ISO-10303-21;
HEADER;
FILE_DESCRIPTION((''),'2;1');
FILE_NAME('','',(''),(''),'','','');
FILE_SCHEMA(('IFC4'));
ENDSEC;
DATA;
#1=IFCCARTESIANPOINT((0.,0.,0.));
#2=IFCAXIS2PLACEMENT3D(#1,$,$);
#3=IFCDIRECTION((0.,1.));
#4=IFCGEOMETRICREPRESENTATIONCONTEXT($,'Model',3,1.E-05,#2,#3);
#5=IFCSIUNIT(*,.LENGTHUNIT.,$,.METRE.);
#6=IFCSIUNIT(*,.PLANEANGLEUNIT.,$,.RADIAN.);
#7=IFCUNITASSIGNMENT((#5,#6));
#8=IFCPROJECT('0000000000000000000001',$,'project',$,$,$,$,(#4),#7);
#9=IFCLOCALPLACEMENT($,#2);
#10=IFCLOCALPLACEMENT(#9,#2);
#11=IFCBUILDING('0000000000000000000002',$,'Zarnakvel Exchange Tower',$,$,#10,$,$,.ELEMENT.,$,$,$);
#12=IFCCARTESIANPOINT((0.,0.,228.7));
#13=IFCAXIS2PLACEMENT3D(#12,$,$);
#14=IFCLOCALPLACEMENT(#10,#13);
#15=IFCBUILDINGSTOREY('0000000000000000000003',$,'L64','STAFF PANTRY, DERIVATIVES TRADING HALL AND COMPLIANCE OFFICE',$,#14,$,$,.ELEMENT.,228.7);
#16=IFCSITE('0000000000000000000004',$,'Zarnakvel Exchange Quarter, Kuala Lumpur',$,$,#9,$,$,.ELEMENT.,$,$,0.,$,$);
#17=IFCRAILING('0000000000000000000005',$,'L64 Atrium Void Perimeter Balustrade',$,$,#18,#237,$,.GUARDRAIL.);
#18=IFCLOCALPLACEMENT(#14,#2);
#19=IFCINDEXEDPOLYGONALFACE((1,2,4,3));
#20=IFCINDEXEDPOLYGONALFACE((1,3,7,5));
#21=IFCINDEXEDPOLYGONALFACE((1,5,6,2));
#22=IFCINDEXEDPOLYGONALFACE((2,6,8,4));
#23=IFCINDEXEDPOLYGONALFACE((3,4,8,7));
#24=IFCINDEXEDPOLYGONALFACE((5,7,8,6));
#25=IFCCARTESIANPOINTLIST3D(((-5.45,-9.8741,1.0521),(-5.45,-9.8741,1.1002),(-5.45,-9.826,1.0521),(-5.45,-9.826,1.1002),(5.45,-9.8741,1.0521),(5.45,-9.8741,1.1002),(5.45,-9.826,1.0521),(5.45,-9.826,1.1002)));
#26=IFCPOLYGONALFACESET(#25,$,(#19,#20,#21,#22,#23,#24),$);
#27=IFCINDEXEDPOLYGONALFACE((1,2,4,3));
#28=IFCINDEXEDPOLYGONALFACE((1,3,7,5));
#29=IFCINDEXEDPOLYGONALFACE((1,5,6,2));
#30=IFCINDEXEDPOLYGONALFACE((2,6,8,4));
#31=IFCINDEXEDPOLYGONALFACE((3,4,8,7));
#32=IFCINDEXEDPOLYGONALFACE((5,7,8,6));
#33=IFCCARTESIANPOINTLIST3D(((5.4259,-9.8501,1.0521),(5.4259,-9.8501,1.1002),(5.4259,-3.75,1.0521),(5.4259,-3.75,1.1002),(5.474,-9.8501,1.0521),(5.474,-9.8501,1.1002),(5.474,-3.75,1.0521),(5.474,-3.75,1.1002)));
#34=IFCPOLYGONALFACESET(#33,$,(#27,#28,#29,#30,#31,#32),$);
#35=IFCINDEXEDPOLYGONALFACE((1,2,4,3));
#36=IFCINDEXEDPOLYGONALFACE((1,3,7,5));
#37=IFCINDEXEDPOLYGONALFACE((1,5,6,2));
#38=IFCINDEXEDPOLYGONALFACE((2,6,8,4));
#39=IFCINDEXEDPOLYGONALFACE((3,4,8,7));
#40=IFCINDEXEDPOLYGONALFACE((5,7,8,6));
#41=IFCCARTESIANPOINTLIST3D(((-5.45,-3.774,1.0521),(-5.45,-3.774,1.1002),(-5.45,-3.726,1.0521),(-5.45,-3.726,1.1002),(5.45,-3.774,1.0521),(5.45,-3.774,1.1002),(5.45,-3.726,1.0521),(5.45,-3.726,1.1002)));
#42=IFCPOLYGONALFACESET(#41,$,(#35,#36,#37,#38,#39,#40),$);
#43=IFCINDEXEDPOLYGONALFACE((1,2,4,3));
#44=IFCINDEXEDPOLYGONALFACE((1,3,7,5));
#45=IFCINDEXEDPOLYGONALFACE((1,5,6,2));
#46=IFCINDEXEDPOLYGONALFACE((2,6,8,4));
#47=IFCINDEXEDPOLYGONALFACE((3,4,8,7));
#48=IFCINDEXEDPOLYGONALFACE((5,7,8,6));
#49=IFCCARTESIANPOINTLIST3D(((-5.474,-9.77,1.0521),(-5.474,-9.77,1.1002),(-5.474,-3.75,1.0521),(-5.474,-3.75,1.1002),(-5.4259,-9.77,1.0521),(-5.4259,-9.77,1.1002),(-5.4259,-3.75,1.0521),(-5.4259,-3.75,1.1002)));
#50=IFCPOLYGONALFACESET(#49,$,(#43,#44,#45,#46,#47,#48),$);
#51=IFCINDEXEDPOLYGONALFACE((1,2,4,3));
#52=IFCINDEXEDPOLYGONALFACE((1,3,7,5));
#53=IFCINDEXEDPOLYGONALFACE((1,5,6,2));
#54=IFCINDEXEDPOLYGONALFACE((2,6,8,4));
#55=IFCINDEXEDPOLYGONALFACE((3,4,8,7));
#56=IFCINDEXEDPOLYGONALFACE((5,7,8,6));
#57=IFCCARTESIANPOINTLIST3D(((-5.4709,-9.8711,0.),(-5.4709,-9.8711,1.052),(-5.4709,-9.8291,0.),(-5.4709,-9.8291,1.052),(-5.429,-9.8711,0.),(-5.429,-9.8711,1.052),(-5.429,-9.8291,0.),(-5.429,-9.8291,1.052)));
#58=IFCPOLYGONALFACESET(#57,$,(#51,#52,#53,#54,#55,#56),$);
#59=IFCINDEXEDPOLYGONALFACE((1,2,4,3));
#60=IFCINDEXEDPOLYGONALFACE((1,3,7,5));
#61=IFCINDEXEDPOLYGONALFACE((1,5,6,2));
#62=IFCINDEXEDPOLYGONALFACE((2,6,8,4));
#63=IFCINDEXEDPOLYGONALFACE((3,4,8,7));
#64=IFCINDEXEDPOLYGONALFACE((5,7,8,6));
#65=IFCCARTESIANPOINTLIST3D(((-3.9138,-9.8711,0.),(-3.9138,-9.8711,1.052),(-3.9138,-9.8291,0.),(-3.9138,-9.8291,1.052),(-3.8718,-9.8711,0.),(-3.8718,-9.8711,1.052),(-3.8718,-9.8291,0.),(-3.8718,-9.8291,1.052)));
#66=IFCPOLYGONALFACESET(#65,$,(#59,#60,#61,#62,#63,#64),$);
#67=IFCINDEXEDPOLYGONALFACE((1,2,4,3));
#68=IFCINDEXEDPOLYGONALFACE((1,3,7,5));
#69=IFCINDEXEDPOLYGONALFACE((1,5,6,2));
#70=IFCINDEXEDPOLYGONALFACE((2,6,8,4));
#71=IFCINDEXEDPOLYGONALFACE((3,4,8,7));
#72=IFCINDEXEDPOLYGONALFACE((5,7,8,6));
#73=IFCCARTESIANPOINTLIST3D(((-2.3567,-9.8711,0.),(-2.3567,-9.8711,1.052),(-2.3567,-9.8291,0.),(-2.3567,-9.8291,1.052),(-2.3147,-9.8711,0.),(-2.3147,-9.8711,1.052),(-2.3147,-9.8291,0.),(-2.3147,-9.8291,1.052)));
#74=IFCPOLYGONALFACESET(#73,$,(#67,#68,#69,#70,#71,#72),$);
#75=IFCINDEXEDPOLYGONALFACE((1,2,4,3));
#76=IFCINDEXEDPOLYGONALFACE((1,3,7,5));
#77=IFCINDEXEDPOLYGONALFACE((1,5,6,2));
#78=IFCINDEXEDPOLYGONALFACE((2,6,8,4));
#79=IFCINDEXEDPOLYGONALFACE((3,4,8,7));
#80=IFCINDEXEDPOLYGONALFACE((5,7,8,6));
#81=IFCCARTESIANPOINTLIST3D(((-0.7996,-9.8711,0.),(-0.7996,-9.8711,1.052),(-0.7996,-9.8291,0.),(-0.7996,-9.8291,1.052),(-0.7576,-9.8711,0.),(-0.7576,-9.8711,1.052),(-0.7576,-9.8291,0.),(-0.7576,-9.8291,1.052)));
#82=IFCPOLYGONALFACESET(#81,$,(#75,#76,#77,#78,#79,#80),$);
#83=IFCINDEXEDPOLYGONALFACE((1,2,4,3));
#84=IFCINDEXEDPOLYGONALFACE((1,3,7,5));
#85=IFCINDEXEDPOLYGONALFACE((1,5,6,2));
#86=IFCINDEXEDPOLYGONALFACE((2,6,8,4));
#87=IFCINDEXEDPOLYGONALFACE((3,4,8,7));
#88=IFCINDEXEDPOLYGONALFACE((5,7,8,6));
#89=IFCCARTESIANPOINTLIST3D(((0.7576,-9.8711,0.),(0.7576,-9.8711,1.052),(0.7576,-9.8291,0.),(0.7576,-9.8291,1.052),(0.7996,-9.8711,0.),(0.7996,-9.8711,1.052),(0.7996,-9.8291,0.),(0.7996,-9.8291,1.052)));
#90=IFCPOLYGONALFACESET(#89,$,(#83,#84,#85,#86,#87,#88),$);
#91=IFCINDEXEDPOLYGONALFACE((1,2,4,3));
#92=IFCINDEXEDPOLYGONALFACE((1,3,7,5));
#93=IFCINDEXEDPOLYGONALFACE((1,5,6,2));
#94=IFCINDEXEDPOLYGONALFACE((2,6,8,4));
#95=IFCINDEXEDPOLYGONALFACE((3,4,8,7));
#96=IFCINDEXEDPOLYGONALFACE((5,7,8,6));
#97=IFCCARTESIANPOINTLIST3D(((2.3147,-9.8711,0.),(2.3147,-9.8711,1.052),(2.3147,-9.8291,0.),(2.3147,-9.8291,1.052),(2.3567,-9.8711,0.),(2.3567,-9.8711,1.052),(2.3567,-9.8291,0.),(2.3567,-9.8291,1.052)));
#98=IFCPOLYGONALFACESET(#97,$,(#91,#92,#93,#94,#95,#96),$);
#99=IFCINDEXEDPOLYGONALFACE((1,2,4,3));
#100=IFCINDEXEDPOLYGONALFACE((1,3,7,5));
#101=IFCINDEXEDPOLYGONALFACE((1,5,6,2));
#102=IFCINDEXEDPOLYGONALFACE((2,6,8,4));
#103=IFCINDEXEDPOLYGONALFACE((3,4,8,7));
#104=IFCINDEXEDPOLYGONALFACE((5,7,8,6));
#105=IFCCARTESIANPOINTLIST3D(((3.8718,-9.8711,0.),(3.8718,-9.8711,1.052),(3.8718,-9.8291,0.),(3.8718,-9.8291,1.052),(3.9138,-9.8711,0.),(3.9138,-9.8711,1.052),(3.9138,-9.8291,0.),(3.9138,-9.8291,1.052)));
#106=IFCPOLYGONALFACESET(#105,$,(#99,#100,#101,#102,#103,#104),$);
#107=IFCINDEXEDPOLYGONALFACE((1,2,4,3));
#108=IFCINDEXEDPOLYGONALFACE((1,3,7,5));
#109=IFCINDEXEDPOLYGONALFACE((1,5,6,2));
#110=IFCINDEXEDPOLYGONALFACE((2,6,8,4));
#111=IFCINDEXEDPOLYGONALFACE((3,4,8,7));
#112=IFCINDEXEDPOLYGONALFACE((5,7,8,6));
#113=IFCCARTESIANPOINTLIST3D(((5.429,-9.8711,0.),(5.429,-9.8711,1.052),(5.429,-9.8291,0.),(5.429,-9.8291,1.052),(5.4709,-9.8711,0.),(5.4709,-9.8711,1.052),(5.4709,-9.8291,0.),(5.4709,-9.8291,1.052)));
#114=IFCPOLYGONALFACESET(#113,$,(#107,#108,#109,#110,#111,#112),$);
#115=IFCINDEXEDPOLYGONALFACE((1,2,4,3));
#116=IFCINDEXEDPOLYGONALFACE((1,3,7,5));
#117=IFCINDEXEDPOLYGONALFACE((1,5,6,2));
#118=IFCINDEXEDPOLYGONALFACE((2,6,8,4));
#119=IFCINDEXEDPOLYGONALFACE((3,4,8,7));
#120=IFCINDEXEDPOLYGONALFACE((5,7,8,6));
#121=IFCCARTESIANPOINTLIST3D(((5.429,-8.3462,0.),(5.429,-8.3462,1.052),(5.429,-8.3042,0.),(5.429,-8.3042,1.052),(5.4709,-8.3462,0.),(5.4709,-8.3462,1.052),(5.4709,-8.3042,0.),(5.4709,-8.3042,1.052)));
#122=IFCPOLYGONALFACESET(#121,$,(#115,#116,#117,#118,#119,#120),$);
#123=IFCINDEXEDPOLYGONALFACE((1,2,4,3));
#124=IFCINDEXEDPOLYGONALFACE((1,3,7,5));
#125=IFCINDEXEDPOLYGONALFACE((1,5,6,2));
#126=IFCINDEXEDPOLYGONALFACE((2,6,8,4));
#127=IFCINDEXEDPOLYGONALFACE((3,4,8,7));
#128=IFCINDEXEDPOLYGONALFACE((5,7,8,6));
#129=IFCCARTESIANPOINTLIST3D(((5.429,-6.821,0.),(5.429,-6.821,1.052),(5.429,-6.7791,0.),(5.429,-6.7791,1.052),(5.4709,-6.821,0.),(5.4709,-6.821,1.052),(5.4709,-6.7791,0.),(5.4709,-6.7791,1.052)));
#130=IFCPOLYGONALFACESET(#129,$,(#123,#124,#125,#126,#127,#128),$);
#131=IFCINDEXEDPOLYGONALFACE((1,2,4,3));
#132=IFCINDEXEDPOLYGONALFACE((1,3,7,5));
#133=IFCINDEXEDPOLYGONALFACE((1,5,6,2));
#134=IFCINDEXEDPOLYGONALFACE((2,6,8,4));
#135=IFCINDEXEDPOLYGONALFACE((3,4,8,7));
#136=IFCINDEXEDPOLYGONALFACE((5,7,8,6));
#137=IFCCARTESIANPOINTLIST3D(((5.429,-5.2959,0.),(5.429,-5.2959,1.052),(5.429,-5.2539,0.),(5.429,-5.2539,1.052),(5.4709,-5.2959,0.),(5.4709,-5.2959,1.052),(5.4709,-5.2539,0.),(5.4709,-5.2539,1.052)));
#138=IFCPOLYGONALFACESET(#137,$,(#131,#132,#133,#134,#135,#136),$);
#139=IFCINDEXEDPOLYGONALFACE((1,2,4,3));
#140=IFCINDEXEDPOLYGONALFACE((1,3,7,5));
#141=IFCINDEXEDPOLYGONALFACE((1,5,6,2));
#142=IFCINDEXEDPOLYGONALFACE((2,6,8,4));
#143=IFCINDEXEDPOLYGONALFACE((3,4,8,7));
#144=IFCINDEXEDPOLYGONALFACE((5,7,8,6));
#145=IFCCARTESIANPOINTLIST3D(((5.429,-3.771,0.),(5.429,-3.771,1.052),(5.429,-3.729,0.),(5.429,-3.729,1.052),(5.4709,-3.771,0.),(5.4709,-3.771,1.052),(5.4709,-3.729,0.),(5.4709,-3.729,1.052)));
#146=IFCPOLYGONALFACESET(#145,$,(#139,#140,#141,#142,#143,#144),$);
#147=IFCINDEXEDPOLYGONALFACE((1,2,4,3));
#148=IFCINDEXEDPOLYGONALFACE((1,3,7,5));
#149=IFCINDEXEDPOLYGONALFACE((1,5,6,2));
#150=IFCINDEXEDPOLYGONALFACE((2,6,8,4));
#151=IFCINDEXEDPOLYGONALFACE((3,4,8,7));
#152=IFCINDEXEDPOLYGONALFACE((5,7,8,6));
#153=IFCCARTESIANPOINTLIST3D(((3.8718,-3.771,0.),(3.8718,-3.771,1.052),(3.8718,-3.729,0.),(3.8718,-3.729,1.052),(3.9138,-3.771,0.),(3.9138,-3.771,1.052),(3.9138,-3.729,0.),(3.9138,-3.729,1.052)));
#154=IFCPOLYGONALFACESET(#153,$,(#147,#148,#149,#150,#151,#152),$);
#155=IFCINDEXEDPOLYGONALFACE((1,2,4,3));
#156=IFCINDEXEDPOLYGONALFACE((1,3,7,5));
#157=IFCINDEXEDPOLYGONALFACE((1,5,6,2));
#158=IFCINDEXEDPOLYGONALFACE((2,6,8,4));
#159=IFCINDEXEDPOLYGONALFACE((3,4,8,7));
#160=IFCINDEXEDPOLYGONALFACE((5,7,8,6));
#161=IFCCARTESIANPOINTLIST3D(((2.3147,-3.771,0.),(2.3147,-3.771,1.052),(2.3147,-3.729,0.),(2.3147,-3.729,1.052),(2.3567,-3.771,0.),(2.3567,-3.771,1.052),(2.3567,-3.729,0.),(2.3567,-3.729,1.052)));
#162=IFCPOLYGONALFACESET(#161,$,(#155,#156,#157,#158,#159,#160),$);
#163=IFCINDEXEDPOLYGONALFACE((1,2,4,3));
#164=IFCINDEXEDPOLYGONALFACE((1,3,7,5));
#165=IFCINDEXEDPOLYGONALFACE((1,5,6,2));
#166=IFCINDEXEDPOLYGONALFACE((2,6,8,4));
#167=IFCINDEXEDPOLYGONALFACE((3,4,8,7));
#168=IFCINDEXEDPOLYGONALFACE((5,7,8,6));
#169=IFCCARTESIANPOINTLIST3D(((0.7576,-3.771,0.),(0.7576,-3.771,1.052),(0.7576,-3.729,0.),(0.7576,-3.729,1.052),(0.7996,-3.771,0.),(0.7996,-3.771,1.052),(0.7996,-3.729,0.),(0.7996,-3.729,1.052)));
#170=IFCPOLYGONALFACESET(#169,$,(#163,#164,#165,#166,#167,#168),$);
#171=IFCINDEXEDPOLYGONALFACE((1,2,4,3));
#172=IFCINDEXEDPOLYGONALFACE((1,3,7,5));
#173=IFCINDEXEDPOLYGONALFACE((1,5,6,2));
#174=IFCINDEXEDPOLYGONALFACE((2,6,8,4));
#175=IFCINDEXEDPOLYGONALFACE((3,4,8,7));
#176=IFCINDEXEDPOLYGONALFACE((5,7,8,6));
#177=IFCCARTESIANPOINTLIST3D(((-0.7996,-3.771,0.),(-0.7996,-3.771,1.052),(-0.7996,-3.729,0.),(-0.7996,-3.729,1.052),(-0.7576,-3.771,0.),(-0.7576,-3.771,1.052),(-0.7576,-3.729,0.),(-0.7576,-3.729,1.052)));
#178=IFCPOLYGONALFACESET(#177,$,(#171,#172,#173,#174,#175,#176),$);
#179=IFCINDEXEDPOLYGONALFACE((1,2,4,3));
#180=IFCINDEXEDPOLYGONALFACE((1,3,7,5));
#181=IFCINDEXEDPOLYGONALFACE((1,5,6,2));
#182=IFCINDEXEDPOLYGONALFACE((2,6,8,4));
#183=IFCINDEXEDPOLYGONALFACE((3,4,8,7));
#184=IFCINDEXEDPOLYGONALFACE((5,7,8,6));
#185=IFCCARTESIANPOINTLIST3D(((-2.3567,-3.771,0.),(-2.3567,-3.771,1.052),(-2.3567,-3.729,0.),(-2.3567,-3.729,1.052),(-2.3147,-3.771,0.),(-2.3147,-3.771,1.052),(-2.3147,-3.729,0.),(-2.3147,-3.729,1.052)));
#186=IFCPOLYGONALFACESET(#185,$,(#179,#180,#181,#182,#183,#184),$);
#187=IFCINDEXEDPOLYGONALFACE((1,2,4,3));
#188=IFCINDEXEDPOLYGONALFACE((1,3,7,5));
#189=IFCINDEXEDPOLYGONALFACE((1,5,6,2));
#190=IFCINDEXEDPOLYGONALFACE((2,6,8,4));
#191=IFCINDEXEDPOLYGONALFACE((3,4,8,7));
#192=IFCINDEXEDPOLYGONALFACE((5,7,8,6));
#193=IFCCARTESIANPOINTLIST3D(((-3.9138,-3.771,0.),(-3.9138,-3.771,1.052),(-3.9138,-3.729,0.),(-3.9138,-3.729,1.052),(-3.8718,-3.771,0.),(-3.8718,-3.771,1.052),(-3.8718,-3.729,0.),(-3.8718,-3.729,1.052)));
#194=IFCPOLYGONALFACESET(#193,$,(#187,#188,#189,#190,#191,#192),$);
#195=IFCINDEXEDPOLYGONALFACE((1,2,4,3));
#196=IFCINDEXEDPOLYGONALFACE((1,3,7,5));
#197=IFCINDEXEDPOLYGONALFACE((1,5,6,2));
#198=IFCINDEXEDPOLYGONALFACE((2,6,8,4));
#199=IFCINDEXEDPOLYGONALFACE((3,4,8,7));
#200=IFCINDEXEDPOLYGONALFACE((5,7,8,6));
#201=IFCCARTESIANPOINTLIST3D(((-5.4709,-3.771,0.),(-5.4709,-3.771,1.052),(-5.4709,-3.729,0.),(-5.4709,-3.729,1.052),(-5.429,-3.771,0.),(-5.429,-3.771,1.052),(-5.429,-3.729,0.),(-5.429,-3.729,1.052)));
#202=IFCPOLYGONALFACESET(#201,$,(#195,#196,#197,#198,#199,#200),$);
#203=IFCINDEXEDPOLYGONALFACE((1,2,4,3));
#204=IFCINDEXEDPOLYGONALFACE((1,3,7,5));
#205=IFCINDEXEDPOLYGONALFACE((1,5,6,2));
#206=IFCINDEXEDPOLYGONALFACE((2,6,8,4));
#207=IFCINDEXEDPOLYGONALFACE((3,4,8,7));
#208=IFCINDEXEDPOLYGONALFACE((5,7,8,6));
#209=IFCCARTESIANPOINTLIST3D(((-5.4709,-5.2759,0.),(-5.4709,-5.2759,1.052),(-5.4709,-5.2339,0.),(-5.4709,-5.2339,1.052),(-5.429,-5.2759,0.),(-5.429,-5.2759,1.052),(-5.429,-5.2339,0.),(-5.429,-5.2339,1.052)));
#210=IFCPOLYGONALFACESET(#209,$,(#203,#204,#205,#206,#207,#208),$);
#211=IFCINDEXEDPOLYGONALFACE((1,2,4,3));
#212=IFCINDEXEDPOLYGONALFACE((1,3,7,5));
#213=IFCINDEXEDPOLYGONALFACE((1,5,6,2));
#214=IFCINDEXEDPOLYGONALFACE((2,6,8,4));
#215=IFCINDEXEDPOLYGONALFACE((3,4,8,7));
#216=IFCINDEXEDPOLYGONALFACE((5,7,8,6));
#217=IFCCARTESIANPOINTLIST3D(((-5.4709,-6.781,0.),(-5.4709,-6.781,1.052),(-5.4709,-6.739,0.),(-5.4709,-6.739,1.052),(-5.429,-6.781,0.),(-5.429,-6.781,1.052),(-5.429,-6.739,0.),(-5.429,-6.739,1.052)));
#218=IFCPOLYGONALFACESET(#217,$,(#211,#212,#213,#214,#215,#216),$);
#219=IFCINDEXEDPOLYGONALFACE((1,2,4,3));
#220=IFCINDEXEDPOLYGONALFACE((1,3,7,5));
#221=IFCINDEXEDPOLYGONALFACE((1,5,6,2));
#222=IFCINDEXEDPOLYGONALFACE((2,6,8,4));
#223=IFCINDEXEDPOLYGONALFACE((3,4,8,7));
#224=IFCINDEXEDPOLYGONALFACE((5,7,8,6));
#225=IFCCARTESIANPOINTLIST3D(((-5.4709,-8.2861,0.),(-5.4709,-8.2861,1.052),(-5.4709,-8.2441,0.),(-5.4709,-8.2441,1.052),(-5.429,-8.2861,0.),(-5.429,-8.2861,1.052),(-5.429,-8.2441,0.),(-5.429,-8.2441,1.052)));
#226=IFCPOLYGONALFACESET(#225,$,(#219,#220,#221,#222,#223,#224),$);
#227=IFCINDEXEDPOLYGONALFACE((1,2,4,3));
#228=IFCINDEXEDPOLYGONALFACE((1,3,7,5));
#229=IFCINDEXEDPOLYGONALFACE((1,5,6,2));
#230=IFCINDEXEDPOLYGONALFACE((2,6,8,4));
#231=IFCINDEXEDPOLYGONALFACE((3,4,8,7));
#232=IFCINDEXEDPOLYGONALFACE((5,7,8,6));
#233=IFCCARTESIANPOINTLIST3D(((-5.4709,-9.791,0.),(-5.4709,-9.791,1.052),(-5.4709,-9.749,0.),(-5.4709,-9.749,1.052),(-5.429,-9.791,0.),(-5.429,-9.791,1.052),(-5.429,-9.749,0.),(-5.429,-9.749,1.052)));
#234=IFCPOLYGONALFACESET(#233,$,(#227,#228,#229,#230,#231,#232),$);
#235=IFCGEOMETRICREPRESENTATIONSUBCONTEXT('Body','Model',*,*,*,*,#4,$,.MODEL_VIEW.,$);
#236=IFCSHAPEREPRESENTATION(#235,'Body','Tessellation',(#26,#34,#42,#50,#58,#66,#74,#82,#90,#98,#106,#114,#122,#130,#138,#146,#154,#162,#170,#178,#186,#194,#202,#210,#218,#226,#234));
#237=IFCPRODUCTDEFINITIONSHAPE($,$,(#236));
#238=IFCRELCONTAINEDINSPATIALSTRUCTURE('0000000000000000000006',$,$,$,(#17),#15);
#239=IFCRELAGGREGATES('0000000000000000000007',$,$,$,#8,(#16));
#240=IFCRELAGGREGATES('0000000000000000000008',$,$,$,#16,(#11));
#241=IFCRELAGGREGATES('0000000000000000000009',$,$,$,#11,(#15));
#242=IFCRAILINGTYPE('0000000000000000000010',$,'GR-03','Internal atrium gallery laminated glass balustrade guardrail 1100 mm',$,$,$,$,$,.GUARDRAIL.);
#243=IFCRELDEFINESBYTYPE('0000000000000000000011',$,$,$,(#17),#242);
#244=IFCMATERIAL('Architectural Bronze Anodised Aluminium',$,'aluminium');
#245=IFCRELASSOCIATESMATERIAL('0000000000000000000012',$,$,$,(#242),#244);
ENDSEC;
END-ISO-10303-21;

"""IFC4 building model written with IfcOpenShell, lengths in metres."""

from ifc_helpers import new_model, si_unit, direction, frame, origin, origin_2d, place, context, subcontext, project, spatial, rectangle, extrude, material, type_object, element, save


model = new_model("IFC4")

# Units and contexts
model_context = context("Model", 3, precision=1e-05, world=origin(), true_north=direction((0.0, 1.0)))
body_context = subcontext(model_context, "Body", "Model", "MODEL_VIEW")
ifc_project = project(units=[si_unit("LENGTHUNIT", "METRE"), si_unit("PLANEANGLEUNIT", "RADIAN")], contexts=[model_context])

# Site, building, storey
site_placement = place(None, origin())
site = spatial("IfcSite", under=ifc_project, at=site_placement, Name="Zarnakvel Exchange Quarter, Kuala Lumpur", CompositionType="ELEMENT", RefElevation=0.0)
building_placement = place(site_placement, origin())
building = spatial("IfcBuilding", under=site, at=building_placement, Name="Zarnakvel Exchange Tower", CompositionType="ELEMENT")
storey_placement = place(building_placement, frame((0.0, 0.0, 228.7)))
storey = spatial("IfcBuildingStorey", under=building, at=storey_placement, Name="L64", Description="STAFF PANTRY, DERIVATIVES TRADING HALL AND COMPLIANCE OFFICE", CompositionType="ELEMENT", Elevation=228.7)

# Railing
ifc_material_1 = material(Name="Architectural Bronze Anodised Aluminium", Category="aluminium")
railing_type_1 = type_object("IfcRailingType", Name="GR-03", Description="Internal atrium gallery laminated glass balustrade guardrail 1100 mm", PredefinedType="GUARDRAIL", material=ifc_material_1)
railing_1_placement = place(storey_placement, frame((-5.45, -9.8501, 0.0)))
element("IfcRailing", 1, at=railing_1_placement, inside=storey, type_object=railing_type_1, Name="L64 Atrium Void Perimeter Balustrade", PredefinedType="GUARDRAIL", context=body_context, shape_type="SweptSolid", body=[
    extrude(rectangle(XDim=0.0481, YDim=0.0481, at=origin_2d()), frame((0.0, 0.0, 1.0762), z_axis=(1.0, 0.0, 0.0), x_axis=(0.0, 1.0, 0.0)), (0.0, 0.0, 1.0), 10.8999),
    extrude(rectangle(XDim=0.0481, YDim=0.0481, at=origin_2d()), frame((10.8999, 0.0, 1.0762), z_axis=(0.0, 1.0, 0.0), x_axis=(-1.0, 0.0, 0.0)), (0.0, 0.0, 1.0), 6.1001),
    extrude(rectangle(XDim=0.0481, YDim=0.0481, at=origin_2d()), frame((10.8999, 6.1001, 1.0762), z_axis=(-1.0, 0.0, 0.0), x_axis=(0.0, -1.0, 0.0)), (0.0, 0.0, 1.0), 10.8999),
    extrude(rectangle(XDim=0.0481, YDim=0.0481, at=origin_2d()), frame((0.0, 6.1001, 1.0762), z_axis=(0.0, -1.0, 0.0), x_axis=(1.0, 0.0, 0.0)), (0.0, 0.0, 1.0), 6.02),
    extrude(rectangle(XDim=0.042, YDim=0.042, at=origin_2d()), origin(), (0.0, 0.0, 1.0), 1.052),
    extrude(rectangle(XDim=0.042, YDim=0.042, at=origin_2d()), frame((1.5571, 0.0, 0.0)), (0.0, 0.0, 1.0), 1.052),
    extrude(rectangle(XDim=0.042, YDim=0.042, at=origin_2d()), frame((3.1143, 0.0, 0.0)), (0.0, 0.0, 1.0), 1.052),
    extrude(rectangle(XDim=0.042, YDim=0.042, at=origin_2d()), frame((4.6714, 0.0, 0.0)), (0.0, 0.0, 1.0), 1.052),
    extrude(rectangle(XDim=0.042, YDim=0.042, at=origin_2d()), frame((6.2285, 0.0, 0.0)), (0.0, 0.0, 1.0), 1.052),
    extrude(rectangle(XDim=0.042, YDim=0.042, at=origin_2d()), frame((7.7856, 0.0, 0.0)), (0.0, 0.0, 1.0), 1.052),
    extrude(rectangle(XDim=0.042, YDim=0.042, at=origin_2d()), frame((9.3428, 0.0, 0.0)), (0.0, 0.0, 1.0), 1.052),
    extrude(rectangle(XDim=0.042, YDim=0.042, at=origin_2d()), frame((10.8999, 0.0, 0.0)), (0.0, 0.0, 1.0), 1.052),
    extrude(rectangle(XDim=0.042, YDim=0.042, at=origin_2d()), frame((10.8999, 1.5249, 0.0)), (0.0, 0.0, 1.0), 1.052),
    extrude(rectangle(XDim=0.042, YDim=0.042, at=origin_2d()), frame((10.8999, 3.05, 0.0)), (0.0, 0.0, 1.0), 1.052),
    extrude(rectangle(XDim=0.042, YDim=0.042, at=origin_2d()), frame((10.8999, 4.5752, 0.0)), (0.0, 0.0, 1.0), 1.052),
    extrude(rectangle(XDim=0.042, YDim=0.042, at=origin_2d()), frame((10.8999, 6.1001, 0.0)), (0.0, 0.0, 1.0), 1.052),
    extrude(rectangle(XDim=0.042, YDim=0.042, at=origin_2d()), frame((9.3428, 6.1001, 0.0)), (0.0, 0.0, 1.0), 1.052),
    extrude(rectangle(XDim=0.042, YDim=0.042, at=origin_2d()), frame((7.7856, 6.1001, 0.0)), (0.0, 0.0, 1.0), 1.052),
    extrude(rectangle(XDim=0.042, YDim=0.042, at=origin_2d()), frame((6.2285, 6.1001, 0.0)), (0.0, 0.0, 1.0), 1.052),
    extrude(rectangle(XDim=0.042, YDim=0.042, at=origin_2d()), frame((4.6714, 6.1001, 0.0)), (0.0, 0.0, 1.0), 1.052),
    extrude(rectangle(XDim=0.042, YDim=0.042, at=origin_2d()), frame((3.1143, 6.1001, 0.0)), (0.0, 0.0, 1.0), 1.052),
    extrude(rectangle(XDim=0.042, YDim=0.042, at=origin_2d()), frame((1.5571, 6.1001, 0.0)), (0.0, 0.0, 1.0), 1.052),
    extrude(rectangle(XDim=0.042, YDim=0.042, at=origin_2d()), frame((0.0, 6.1001, 0.0)), (0.0, 0.0, 1.0), 1.052),
    extrude(rectangle(XDim=0.042, YDim=0.042, at=origin_2d()), frame((0.0, 4.5952, 0.0)), (0.0, 0.0, 1.0), 1.052),
    extrude(rectangle(XDim=0.042, YDim=0.042, at=origin_2d()), frame((0.0, 3.0901, 0.0)), (0.0, 0.0, 1.0), 1.052),
    extrude(rectangle(XDim=0.042, YDim=0.042, at=origin_2d()), frame((0.0, 1.585, 0.0)), (0.0, 0.0, 1.0), 1.052),
    extrude(rectangle(XDim=0.042, YDim=0.042, at=origin_2d()), frame((0.0, 0.0801, 0.0)), (0.0, 0.0, 1.0), 1.052),
])

save(model, "model.ifc")
